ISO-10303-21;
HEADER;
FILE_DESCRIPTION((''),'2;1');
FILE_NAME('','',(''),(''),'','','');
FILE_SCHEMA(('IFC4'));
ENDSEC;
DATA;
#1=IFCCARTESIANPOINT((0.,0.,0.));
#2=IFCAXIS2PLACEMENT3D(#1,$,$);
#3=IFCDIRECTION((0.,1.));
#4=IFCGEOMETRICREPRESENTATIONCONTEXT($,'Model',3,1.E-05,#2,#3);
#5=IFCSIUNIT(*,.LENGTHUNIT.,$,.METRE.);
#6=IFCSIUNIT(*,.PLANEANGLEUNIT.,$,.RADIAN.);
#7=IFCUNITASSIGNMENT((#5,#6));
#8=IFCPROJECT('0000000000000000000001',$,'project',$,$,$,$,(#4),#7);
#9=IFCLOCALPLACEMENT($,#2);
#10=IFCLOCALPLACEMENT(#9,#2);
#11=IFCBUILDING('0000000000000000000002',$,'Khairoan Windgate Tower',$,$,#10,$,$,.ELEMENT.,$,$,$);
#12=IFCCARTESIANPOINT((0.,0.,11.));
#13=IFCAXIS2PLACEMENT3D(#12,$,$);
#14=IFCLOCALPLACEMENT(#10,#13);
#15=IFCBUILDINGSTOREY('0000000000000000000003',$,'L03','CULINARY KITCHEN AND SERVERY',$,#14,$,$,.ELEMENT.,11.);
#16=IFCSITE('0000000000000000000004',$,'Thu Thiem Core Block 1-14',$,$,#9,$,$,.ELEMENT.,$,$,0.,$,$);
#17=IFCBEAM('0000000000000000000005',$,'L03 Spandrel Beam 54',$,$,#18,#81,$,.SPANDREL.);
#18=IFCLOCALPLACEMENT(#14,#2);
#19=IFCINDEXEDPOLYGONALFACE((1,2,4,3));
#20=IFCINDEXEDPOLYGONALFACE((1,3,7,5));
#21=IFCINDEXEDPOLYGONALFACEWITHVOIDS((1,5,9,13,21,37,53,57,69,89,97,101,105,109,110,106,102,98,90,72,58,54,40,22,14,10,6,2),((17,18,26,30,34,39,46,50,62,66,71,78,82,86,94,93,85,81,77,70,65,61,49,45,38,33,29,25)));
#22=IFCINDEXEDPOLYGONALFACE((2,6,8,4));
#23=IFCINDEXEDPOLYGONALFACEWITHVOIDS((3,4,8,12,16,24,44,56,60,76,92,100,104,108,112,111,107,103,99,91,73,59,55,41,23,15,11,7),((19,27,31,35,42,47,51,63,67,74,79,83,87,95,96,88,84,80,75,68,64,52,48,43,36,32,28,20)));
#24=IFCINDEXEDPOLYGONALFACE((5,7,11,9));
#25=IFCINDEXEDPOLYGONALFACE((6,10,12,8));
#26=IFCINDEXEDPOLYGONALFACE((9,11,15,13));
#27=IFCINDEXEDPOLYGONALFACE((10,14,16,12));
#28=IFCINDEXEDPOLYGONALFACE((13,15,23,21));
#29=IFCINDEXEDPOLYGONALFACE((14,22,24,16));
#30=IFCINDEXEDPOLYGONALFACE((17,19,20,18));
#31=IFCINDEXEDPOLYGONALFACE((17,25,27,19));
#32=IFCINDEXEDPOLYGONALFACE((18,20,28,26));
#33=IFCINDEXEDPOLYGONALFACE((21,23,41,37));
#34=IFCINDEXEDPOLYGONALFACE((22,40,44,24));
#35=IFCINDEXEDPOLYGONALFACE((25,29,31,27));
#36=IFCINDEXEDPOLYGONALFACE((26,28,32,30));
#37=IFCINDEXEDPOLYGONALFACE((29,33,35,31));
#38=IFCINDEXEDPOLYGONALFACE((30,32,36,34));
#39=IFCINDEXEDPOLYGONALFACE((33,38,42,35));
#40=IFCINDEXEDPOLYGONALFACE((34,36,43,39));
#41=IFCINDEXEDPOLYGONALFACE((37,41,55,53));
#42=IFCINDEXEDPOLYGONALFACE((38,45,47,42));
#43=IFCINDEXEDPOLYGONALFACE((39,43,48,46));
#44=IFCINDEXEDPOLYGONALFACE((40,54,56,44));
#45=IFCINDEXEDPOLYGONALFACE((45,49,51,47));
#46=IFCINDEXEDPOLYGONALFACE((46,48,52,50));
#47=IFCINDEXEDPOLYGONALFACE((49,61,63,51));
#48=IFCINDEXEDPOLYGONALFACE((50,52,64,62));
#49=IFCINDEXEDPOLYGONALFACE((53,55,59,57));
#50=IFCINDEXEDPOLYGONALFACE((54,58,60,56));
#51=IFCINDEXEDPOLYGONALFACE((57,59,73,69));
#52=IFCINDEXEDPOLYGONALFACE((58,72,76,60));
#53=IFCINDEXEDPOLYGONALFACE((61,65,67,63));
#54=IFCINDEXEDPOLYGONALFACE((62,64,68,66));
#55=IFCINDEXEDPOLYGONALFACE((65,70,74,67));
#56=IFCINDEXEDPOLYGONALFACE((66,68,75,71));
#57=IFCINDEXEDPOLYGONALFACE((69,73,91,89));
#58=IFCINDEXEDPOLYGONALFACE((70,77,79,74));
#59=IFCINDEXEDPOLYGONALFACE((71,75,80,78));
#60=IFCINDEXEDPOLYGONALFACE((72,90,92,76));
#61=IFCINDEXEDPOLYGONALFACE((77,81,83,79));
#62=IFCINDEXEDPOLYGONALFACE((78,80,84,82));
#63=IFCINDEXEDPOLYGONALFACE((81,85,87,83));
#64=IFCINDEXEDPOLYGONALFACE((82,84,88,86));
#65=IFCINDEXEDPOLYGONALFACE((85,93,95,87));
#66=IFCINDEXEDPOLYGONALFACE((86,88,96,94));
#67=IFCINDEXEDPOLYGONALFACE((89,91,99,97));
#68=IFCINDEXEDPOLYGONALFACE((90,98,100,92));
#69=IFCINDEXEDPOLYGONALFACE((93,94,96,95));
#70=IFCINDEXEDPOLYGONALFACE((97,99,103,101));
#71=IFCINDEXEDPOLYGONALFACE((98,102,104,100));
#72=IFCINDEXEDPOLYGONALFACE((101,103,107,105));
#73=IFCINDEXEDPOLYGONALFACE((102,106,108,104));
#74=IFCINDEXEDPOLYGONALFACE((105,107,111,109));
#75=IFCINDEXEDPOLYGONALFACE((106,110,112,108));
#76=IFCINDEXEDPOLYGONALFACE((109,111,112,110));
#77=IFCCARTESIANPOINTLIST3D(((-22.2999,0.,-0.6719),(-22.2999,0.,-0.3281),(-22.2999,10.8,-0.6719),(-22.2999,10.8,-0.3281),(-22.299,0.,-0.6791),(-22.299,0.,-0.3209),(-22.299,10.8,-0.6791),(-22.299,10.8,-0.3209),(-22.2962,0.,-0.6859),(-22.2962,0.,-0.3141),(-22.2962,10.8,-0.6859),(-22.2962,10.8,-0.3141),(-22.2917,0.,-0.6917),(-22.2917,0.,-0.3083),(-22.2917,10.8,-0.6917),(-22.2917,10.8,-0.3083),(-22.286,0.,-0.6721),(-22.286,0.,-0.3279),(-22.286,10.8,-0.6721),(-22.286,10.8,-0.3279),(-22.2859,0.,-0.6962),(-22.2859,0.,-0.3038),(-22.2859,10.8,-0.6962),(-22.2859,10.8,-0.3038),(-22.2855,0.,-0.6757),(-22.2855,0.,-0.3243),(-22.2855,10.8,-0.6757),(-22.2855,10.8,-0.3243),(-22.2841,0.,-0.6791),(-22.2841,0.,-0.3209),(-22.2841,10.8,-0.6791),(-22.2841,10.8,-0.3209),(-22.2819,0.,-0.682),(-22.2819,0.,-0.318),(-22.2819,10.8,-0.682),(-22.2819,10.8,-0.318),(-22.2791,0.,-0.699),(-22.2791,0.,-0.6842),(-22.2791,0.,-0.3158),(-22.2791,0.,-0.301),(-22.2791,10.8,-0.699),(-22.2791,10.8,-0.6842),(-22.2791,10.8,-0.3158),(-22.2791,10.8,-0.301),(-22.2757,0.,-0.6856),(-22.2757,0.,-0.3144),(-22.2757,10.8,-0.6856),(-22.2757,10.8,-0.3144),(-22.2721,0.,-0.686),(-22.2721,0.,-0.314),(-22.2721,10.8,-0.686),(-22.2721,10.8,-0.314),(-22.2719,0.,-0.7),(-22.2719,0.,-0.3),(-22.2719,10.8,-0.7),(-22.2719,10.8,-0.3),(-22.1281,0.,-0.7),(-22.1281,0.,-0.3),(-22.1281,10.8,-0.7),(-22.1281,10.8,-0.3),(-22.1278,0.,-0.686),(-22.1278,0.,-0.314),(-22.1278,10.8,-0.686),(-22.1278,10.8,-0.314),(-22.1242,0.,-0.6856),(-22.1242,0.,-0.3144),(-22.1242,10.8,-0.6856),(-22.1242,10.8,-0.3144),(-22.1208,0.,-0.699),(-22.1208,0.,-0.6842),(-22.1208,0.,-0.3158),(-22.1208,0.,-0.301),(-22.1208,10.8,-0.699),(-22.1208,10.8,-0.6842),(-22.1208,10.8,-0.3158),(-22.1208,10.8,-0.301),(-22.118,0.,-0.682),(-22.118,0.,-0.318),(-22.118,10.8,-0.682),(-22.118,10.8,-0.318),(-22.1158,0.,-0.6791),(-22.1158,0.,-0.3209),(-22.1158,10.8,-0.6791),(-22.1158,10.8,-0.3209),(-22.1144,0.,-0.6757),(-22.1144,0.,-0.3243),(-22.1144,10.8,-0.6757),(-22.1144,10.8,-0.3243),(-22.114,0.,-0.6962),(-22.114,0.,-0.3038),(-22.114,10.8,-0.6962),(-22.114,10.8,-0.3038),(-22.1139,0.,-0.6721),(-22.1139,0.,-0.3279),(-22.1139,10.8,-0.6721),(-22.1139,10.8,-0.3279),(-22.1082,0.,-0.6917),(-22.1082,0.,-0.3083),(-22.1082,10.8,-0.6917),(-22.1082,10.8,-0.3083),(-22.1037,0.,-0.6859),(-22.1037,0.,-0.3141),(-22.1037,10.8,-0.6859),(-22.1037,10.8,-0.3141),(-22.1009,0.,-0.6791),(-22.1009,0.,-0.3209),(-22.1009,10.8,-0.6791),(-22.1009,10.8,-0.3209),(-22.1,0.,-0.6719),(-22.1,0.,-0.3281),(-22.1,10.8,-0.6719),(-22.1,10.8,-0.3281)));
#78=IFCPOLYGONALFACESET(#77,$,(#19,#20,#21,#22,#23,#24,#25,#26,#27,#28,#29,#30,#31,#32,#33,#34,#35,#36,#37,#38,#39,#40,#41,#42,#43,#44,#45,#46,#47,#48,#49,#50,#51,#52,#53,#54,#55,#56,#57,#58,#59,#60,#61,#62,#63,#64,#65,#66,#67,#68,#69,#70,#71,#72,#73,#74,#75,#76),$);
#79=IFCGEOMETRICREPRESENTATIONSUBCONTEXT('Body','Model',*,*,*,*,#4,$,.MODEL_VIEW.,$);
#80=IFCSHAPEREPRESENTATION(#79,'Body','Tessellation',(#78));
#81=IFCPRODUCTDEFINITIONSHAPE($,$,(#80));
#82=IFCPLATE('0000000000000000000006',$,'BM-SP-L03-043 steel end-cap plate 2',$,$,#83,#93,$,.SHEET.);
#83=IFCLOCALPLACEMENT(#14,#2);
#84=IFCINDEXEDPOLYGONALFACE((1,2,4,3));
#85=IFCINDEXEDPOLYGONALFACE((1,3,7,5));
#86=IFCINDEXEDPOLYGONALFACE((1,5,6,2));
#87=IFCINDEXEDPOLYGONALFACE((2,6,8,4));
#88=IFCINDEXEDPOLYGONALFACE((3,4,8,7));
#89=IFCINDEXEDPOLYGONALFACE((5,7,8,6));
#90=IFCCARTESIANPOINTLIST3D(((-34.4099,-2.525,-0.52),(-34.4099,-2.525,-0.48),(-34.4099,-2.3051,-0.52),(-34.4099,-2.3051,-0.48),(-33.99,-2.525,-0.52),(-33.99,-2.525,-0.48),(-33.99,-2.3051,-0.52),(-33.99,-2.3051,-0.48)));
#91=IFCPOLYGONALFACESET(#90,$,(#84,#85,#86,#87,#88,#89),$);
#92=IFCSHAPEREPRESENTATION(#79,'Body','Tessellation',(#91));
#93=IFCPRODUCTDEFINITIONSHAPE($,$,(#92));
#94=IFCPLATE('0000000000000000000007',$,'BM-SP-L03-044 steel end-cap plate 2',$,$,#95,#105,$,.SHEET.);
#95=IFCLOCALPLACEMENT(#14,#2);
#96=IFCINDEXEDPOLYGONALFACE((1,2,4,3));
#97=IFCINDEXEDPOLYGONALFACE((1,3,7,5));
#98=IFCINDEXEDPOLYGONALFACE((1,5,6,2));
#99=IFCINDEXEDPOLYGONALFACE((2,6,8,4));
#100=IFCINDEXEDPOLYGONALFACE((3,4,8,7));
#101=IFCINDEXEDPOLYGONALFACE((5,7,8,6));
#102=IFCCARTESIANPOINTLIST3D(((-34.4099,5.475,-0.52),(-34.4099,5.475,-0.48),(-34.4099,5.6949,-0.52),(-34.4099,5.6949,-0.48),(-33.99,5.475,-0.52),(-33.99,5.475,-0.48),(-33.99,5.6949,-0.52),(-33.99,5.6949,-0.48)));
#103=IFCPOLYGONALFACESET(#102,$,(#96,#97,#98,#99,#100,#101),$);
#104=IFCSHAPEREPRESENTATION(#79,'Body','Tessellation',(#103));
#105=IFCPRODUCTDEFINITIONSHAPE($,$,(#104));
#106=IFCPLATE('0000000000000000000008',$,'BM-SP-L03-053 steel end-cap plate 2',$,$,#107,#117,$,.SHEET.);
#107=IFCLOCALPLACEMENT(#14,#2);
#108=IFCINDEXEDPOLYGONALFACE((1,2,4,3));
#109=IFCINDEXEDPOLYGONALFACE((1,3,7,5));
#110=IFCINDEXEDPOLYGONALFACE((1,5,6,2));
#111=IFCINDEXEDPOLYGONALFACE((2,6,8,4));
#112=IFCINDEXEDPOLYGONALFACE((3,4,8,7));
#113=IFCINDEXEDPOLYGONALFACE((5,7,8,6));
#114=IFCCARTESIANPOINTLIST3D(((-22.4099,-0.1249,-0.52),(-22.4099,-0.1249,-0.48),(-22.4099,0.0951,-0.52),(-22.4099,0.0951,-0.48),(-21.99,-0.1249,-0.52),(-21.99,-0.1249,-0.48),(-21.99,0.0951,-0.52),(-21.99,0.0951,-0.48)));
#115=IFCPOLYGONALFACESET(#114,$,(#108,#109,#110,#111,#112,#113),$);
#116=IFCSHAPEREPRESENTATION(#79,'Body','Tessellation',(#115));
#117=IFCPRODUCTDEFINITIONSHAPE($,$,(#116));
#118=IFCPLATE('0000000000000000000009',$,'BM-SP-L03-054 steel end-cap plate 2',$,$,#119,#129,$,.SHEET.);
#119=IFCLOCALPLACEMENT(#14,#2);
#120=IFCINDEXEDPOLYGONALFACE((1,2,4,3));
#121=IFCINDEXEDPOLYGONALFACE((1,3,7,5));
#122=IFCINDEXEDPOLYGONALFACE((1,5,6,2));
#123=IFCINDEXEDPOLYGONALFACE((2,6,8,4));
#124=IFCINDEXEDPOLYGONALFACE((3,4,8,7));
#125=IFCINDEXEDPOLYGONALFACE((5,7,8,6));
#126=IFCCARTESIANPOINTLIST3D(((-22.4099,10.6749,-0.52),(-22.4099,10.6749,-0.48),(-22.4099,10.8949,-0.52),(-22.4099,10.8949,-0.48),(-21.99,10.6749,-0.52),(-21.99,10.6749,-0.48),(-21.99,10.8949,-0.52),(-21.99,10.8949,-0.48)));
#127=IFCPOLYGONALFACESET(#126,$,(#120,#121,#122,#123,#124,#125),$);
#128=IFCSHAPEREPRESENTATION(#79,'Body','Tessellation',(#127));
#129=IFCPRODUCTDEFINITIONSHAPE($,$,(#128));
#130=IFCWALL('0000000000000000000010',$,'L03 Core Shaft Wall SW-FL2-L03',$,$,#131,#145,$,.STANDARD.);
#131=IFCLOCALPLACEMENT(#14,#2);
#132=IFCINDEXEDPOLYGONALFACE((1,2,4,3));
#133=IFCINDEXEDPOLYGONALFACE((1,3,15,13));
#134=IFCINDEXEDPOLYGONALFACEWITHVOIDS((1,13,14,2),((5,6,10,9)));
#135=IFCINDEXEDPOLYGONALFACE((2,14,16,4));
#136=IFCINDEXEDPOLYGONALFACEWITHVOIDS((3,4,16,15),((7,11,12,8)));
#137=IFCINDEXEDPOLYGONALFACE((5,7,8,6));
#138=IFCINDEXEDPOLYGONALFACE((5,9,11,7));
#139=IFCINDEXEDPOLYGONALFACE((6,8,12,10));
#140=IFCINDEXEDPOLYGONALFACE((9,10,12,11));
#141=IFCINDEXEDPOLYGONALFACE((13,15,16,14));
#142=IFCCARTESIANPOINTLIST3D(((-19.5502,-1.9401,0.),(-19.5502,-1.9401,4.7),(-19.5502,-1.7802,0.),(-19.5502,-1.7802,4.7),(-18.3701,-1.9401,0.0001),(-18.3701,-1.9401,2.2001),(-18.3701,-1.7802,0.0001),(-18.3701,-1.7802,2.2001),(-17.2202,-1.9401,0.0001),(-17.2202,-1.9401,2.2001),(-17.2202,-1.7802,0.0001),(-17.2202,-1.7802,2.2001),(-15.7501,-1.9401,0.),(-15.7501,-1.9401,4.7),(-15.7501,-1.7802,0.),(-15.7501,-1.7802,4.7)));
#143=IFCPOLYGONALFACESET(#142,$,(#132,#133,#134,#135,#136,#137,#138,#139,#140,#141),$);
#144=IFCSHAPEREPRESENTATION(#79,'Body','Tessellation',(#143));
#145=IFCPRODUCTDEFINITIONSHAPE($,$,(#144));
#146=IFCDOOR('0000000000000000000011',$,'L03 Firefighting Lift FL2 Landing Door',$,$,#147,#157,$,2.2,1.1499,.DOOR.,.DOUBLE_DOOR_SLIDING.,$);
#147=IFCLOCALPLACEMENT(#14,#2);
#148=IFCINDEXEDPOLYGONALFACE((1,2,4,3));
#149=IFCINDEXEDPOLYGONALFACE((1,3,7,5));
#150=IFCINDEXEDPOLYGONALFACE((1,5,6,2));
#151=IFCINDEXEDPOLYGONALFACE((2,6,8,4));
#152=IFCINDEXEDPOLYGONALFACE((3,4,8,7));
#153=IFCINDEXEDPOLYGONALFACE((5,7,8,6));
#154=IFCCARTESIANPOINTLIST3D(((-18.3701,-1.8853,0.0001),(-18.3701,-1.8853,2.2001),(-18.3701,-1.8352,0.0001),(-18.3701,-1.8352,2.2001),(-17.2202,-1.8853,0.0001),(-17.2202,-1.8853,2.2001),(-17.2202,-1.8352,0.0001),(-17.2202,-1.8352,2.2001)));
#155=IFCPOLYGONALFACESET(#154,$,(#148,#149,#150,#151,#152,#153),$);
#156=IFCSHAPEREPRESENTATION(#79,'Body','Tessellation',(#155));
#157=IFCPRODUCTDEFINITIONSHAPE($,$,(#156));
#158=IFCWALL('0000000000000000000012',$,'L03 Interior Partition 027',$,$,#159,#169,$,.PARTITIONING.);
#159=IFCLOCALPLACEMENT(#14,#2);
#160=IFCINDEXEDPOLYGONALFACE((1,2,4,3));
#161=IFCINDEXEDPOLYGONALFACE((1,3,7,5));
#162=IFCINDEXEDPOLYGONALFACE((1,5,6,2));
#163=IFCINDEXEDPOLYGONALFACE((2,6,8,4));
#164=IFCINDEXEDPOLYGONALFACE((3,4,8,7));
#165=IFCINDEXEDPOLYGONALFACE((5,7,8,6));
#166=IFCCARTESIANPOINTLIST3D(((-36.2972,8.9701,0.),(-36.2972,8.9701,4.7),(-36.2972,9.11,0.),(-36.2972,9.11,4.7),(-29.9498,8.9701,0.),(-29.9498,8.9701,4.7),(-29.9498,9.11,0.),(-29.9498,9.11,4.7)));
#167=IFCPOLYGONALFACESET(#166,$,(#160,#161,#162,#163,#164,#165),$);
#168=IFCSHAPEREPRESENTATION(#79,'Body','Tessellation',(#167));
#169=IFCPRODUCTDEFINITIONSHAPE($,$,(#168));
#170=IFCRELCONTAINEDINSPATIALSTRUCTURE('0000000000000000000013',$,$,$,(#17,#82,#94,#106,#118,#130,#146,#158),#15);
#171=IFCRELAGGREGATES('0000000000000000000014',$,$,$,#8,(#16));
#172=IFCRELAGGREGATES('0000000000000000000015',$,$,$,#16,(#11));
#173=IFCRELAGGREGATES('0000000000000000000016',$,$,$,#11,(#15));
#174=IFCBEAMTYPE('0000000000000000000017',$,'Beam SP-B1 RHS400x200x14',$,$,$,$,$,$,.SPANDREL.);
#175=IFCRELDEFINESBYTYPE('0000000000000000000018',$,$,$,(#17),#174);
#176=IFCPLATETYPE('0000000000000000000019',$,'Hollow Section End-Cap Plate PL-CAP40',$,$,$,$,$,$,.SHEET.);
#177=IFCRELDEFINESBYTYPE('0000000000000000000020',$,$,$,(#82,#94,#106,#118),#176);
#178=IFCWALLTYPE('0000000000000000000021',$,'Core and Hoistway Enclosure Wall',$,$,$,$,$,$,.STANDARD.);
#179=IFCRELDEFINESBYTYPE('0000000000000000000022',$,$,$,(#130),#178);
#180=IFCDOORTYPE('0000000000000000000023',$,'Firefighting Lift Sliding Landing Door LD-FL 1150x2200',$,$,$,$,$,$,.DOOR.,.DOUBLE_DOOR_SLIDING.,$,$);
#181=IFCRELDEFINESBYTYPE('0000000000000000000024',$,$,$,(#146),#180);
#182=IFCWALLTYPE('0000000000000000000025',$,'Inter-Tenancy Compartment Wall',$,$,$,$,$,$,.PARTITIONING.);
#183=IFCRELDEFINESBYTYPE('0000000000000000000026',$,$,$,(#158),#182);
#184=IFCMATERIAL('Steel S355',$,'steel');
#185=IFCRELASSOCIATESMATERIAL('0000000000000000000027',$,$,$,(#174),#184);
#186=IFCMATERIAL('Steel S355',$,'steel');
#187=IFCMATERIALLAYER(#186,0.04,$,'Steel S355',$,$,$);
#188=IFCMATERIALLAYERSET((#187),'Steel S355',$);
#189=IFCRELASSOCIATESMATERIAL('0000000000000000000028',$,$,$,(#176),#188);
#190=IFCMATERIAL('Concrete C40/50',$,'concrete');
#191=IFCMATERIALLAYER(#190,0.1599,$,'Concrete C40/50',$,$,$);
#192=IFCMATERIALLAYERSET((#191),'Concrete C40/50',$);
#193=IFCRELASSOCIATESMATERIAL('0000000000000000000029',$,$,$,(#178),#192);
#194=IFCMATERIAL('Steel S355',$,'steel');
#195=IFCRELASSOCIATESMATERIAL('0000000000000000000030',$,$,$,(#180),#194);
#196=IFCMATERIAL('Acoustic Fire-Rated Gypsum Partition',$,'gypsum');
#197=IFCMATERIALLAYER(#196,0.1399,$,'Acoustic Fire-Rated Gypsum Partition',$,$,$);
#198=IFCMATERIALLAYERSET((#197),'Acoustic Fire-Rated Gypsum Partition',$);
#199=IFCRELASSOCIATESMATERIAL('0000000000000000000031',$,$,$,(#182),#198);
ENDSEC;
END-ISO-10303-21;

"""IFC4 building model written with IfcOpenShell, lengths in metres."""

from ifc_helpers import new_model, si_unit, direction, frame, frame_2d, origin, origin_2d, place, context, subcontext, project, spatial, rectangle, hollow_rectangle, extrude, material, layer, layer_set, material_profile, profile_set, type_object, element, fill, save


model = new_model("IFC4")

# Units and contexts
model_context = context("Model", 3, precision=1e-05, world=origin(), true_north=direction((0.0, 1.0)))
body_context = subcontext(model_context, "Body", "Model", "MODEL_VIEW")
ifc_project = project(units=[si_unit("LENGTHUNIT", "METRE"), si_unit("PLANEANGLEUNIT", "RADIAN")], contexts=[model_context])

# Site, building, storey
site_placement = place(None, origin())
site = spatial("IfcSite", under=ifc_project, at=site_placement, Name="Thu Thiem Core Block 1-14", CompositionType="ELEMENT", RefElevation=0.0)
building_placement = place(site_placement, origin())
building = spatial("IfcBuilding", under=site, at=building_placement, Name="Khairoan Windgate Tower", CompositionType="ELEMENT")
storey_placement = place(building_placement, frame((0.0, 0.0, 11.0)))
storey = spatial("IfcBuildingStorey", under=building, at=storey_placement, Name="L03", Description="CULINARY KITCHEN AND SERVERY", CompositionType="ELEMENT", Elevation=11.0)

# Beam
ifc_material_1 = material(Name="Steel S355", Category="steel")
ifc_material_profile_1 = material_profile(ifc_material_1, hollow_rectangle(XDim=0.2, YDim=0.3999, WallThickness=0.0139, InnerFilletRadius=0.0139, OuterFilletRadius=0.0281, at=origin_2d()))
ifc_profile_set_1 = profile_set([ifc_material_profile_1], Name="Steel S355")
beam_type_1 = type_object("IfcBeamType", Name="Beam SP-B1 RHS400x200x14", PredefinedType="SPANDREL", material=ifc_profile_set_1)
beam_1_placement = place(storey_placement, frame((-22.2, 0.0, -0.5), z_axis=(0.0, 1.0, 0.0), x_axis=(-1.0, 0.0, 0.0)))
element("IfcBeam", 1, at=beam_1_placement, inside=storey, type_object=beam_type_1, Name="L03 Spandrel Beam 54", PredefinedType="SPANDREL", context=body_context, shape_type="SweptSolid", body=[
    extrude(hollow_rectangle(XDim=0.2, YDim=0.3999, WallThickness=0.0139, InnerFilletRadius=0.0139, OuterFilletRadius=0.0281, at=origin_2d()), origin(), (0.0, 0.0, 1.0), 10.8),
])

# Plates
ifc_material_2 = material(Name="Steel S355", Category="steel")
ifc_layer_1 = layer(ifc_material_2, 0.04, Name="Steel S355")
ifc_layer_set_1 = layer_set([ifc_layer_1], Name="Steel S355")
plate_type = type_object("IfcPlateType", Name="Hollow Section End-Cap Plate PL-CAP40", PredefinedType="SHEET", material=ifc_layer_set_1)
for number, where, z_axis, x_axis, name in (
    (2, (-34.2, -2.415, -0.52), (0.0, 0.0, 1.0), (0.0, 1.0, 0.0), "BM-SP-L03-043 steel end-cap plate 2"),
    (3, (-34.2, 5.585, -0.52), (0.0, 0.0, 1.0), (0.0, 1.0, 0.0), "BM-SP-L03-044 steel end-cap plate 2"),
    (4, (-22.2, -0.0149, -0.52), (0.0, 0.0, 1.0), (0.0, 1.0, 0.0), "BM-SP-L03-053 steel end-cap plate 2"),
    (5, (-22.2, 10.7849, -0.52), (0.0, 0.0, 1.0), (0.0, 1.0, 0.0), "BM-SP-L03-054 steel end-cap plate 2"),
):
    element("IfcPlate", number, at=place(storey_placement, frame(where, z_axis=z_axis, x_axis=x_axis)), inside=storey, type_object=plate_type, Name=name, PredefinedType="SHEET", context=body_context, shape_type="SweptSolid", body=[
        extrude(rectangle(XDim=0.22, YDim=0.4199, at=origin_2d()), origin(), (0.0, 0.0, 1.0), 0.04),
    ])

# Wall, opening, door
ifc_material_3 = material(Name="Concrete C40/50", Category="concrete")
ifc_layer_2 = layer(ifc_material_3, 0.1599, Name="Concrete C40/50")
ifc_layer_set_2 = layer_set([ifc_layer_2], Name="Concrete C40/50")
wall_type_1 = type_object("IfcWallType", Name="Core and Hoistway Enclosure Wall", PredefinedType="STANDARD", material=ifc_layer_set_2)
wall_1_placement = place(storey_placement, frame((-19.55, -1.8601, 0.0), z_axis=(0.0, 0.0, 1.0), x_axis=(1.0, 0.0, 0.0)))
wall_1 = element("IfcWall", 6, at=wall_1_placement, inside=storey, type_object=wall_type_1, Name="L03 Core Shaft Wall SW-FL2-L03", PredefinedType="STANDARD", context=body_context, shape_type="SweptSolid", body=[
    extrude(rectangle(XDim=3.8, YDim=0.1599, at=frame_2d((1.8999, 0.0))), origin(), (0.0, 0.0, 1.0), 4.7),
])
opening_1_placement = place(wall_1_placement, frame((1.1799, 0.0, 0.0)))
opening_1 = element("IfcOpeningElement", 7, at=opening_1_placement, cuts=wall_1, PredefinedType="OPENING", context=body_context, shape_type="SweptSolid", body=[
    extrude(rectangle(XDim=1.1499, YDim=2.2, at=frame_2d((0.575, 1.1001))), frame((0.0, 0.0898, 0.0), z_axis=(0.0, -1.0, 0.0), x_axis=(1.0, 0.0, 0.0)), (0.0, 0.0, 1.0), 0.1799),
])
ifc_material_4 = material(Name="Steel S355", Category="steel")
door_type_1 = type_object("IfcDoorType", Name="Firefighting Lift Sliding Landing Door LD-FL 1150x2200", OperationType="DOUBLE_DOOR_SLIDING", PredefinedType="DOOR", material=ifc_material_4)
door_1_placement = place(opening_1_placement, origin())
door_1 = element("IfcDoor", 8, at=door_1_placement, inside=storey, type_object=door_type_1, Name="L03 Firefighting Lift FL2 Landing Door", OperationType="DOUBLE_DOOR_SLIDING", OverallHeight=2.2, OverallWidth=1.1499, PredefinedType="DOOR", context=body_context, shape_type="SweptSolid", body=[
    extrude(rectangle(XDim=1.1499, YDim=2.2, at=frame_2d((0.575, 1.1001))), frame((0.0, 0.0249, 0.0), z_axis=(0.0, -1.0, 0.0), x_axis=(1.0, 0.0, 0.0)), (0.0, 0.0, 1.0), 0.05),
])
fill(opening_1, door_1)

# Wall
ifc_material_5 = material(Name="Acoustic Fire-Rated Gypsum Partition", Category="gypsum")
ifc_layer_3 = layer(ifc_material_5, 0.1399, Name="Acoustic Fire-Rated Gypsum Partition")
ifc_layer_set_3 = layer_set([ifc_layer_3], Name="Acoustic Fire-Rated Gypsum Partition")
wall_type_2 = type_object("IfcWallType", Name="Inter-Tenancy Compartment Wall", PredefinedType="PARTITIONING", material=ifc_layer_set_3)
wall_2_placement = place(storey_placement, frame((-36.2974, 9.04, 0.0), z_axis=(0.0, 0.0, 1.0), x_axis=(1.0, 0.0, 0.0)))
element("IfcWall", 9, at=wall_2_placement, inside=storey, type_object=wall_type_2, Name="L03 Interior Partition 027", PredefinedType="PARTITIONING", context=body_context, shape_type="SweptSolid", body=[
    extrude(rectangle(XDim=6.3474, YDim=0.1399, at=frame_2d((3.1738, 0.0))), origin(), (0.0, 0.0, 1.0), 4.7),
])

save(model, "model.ifc")
